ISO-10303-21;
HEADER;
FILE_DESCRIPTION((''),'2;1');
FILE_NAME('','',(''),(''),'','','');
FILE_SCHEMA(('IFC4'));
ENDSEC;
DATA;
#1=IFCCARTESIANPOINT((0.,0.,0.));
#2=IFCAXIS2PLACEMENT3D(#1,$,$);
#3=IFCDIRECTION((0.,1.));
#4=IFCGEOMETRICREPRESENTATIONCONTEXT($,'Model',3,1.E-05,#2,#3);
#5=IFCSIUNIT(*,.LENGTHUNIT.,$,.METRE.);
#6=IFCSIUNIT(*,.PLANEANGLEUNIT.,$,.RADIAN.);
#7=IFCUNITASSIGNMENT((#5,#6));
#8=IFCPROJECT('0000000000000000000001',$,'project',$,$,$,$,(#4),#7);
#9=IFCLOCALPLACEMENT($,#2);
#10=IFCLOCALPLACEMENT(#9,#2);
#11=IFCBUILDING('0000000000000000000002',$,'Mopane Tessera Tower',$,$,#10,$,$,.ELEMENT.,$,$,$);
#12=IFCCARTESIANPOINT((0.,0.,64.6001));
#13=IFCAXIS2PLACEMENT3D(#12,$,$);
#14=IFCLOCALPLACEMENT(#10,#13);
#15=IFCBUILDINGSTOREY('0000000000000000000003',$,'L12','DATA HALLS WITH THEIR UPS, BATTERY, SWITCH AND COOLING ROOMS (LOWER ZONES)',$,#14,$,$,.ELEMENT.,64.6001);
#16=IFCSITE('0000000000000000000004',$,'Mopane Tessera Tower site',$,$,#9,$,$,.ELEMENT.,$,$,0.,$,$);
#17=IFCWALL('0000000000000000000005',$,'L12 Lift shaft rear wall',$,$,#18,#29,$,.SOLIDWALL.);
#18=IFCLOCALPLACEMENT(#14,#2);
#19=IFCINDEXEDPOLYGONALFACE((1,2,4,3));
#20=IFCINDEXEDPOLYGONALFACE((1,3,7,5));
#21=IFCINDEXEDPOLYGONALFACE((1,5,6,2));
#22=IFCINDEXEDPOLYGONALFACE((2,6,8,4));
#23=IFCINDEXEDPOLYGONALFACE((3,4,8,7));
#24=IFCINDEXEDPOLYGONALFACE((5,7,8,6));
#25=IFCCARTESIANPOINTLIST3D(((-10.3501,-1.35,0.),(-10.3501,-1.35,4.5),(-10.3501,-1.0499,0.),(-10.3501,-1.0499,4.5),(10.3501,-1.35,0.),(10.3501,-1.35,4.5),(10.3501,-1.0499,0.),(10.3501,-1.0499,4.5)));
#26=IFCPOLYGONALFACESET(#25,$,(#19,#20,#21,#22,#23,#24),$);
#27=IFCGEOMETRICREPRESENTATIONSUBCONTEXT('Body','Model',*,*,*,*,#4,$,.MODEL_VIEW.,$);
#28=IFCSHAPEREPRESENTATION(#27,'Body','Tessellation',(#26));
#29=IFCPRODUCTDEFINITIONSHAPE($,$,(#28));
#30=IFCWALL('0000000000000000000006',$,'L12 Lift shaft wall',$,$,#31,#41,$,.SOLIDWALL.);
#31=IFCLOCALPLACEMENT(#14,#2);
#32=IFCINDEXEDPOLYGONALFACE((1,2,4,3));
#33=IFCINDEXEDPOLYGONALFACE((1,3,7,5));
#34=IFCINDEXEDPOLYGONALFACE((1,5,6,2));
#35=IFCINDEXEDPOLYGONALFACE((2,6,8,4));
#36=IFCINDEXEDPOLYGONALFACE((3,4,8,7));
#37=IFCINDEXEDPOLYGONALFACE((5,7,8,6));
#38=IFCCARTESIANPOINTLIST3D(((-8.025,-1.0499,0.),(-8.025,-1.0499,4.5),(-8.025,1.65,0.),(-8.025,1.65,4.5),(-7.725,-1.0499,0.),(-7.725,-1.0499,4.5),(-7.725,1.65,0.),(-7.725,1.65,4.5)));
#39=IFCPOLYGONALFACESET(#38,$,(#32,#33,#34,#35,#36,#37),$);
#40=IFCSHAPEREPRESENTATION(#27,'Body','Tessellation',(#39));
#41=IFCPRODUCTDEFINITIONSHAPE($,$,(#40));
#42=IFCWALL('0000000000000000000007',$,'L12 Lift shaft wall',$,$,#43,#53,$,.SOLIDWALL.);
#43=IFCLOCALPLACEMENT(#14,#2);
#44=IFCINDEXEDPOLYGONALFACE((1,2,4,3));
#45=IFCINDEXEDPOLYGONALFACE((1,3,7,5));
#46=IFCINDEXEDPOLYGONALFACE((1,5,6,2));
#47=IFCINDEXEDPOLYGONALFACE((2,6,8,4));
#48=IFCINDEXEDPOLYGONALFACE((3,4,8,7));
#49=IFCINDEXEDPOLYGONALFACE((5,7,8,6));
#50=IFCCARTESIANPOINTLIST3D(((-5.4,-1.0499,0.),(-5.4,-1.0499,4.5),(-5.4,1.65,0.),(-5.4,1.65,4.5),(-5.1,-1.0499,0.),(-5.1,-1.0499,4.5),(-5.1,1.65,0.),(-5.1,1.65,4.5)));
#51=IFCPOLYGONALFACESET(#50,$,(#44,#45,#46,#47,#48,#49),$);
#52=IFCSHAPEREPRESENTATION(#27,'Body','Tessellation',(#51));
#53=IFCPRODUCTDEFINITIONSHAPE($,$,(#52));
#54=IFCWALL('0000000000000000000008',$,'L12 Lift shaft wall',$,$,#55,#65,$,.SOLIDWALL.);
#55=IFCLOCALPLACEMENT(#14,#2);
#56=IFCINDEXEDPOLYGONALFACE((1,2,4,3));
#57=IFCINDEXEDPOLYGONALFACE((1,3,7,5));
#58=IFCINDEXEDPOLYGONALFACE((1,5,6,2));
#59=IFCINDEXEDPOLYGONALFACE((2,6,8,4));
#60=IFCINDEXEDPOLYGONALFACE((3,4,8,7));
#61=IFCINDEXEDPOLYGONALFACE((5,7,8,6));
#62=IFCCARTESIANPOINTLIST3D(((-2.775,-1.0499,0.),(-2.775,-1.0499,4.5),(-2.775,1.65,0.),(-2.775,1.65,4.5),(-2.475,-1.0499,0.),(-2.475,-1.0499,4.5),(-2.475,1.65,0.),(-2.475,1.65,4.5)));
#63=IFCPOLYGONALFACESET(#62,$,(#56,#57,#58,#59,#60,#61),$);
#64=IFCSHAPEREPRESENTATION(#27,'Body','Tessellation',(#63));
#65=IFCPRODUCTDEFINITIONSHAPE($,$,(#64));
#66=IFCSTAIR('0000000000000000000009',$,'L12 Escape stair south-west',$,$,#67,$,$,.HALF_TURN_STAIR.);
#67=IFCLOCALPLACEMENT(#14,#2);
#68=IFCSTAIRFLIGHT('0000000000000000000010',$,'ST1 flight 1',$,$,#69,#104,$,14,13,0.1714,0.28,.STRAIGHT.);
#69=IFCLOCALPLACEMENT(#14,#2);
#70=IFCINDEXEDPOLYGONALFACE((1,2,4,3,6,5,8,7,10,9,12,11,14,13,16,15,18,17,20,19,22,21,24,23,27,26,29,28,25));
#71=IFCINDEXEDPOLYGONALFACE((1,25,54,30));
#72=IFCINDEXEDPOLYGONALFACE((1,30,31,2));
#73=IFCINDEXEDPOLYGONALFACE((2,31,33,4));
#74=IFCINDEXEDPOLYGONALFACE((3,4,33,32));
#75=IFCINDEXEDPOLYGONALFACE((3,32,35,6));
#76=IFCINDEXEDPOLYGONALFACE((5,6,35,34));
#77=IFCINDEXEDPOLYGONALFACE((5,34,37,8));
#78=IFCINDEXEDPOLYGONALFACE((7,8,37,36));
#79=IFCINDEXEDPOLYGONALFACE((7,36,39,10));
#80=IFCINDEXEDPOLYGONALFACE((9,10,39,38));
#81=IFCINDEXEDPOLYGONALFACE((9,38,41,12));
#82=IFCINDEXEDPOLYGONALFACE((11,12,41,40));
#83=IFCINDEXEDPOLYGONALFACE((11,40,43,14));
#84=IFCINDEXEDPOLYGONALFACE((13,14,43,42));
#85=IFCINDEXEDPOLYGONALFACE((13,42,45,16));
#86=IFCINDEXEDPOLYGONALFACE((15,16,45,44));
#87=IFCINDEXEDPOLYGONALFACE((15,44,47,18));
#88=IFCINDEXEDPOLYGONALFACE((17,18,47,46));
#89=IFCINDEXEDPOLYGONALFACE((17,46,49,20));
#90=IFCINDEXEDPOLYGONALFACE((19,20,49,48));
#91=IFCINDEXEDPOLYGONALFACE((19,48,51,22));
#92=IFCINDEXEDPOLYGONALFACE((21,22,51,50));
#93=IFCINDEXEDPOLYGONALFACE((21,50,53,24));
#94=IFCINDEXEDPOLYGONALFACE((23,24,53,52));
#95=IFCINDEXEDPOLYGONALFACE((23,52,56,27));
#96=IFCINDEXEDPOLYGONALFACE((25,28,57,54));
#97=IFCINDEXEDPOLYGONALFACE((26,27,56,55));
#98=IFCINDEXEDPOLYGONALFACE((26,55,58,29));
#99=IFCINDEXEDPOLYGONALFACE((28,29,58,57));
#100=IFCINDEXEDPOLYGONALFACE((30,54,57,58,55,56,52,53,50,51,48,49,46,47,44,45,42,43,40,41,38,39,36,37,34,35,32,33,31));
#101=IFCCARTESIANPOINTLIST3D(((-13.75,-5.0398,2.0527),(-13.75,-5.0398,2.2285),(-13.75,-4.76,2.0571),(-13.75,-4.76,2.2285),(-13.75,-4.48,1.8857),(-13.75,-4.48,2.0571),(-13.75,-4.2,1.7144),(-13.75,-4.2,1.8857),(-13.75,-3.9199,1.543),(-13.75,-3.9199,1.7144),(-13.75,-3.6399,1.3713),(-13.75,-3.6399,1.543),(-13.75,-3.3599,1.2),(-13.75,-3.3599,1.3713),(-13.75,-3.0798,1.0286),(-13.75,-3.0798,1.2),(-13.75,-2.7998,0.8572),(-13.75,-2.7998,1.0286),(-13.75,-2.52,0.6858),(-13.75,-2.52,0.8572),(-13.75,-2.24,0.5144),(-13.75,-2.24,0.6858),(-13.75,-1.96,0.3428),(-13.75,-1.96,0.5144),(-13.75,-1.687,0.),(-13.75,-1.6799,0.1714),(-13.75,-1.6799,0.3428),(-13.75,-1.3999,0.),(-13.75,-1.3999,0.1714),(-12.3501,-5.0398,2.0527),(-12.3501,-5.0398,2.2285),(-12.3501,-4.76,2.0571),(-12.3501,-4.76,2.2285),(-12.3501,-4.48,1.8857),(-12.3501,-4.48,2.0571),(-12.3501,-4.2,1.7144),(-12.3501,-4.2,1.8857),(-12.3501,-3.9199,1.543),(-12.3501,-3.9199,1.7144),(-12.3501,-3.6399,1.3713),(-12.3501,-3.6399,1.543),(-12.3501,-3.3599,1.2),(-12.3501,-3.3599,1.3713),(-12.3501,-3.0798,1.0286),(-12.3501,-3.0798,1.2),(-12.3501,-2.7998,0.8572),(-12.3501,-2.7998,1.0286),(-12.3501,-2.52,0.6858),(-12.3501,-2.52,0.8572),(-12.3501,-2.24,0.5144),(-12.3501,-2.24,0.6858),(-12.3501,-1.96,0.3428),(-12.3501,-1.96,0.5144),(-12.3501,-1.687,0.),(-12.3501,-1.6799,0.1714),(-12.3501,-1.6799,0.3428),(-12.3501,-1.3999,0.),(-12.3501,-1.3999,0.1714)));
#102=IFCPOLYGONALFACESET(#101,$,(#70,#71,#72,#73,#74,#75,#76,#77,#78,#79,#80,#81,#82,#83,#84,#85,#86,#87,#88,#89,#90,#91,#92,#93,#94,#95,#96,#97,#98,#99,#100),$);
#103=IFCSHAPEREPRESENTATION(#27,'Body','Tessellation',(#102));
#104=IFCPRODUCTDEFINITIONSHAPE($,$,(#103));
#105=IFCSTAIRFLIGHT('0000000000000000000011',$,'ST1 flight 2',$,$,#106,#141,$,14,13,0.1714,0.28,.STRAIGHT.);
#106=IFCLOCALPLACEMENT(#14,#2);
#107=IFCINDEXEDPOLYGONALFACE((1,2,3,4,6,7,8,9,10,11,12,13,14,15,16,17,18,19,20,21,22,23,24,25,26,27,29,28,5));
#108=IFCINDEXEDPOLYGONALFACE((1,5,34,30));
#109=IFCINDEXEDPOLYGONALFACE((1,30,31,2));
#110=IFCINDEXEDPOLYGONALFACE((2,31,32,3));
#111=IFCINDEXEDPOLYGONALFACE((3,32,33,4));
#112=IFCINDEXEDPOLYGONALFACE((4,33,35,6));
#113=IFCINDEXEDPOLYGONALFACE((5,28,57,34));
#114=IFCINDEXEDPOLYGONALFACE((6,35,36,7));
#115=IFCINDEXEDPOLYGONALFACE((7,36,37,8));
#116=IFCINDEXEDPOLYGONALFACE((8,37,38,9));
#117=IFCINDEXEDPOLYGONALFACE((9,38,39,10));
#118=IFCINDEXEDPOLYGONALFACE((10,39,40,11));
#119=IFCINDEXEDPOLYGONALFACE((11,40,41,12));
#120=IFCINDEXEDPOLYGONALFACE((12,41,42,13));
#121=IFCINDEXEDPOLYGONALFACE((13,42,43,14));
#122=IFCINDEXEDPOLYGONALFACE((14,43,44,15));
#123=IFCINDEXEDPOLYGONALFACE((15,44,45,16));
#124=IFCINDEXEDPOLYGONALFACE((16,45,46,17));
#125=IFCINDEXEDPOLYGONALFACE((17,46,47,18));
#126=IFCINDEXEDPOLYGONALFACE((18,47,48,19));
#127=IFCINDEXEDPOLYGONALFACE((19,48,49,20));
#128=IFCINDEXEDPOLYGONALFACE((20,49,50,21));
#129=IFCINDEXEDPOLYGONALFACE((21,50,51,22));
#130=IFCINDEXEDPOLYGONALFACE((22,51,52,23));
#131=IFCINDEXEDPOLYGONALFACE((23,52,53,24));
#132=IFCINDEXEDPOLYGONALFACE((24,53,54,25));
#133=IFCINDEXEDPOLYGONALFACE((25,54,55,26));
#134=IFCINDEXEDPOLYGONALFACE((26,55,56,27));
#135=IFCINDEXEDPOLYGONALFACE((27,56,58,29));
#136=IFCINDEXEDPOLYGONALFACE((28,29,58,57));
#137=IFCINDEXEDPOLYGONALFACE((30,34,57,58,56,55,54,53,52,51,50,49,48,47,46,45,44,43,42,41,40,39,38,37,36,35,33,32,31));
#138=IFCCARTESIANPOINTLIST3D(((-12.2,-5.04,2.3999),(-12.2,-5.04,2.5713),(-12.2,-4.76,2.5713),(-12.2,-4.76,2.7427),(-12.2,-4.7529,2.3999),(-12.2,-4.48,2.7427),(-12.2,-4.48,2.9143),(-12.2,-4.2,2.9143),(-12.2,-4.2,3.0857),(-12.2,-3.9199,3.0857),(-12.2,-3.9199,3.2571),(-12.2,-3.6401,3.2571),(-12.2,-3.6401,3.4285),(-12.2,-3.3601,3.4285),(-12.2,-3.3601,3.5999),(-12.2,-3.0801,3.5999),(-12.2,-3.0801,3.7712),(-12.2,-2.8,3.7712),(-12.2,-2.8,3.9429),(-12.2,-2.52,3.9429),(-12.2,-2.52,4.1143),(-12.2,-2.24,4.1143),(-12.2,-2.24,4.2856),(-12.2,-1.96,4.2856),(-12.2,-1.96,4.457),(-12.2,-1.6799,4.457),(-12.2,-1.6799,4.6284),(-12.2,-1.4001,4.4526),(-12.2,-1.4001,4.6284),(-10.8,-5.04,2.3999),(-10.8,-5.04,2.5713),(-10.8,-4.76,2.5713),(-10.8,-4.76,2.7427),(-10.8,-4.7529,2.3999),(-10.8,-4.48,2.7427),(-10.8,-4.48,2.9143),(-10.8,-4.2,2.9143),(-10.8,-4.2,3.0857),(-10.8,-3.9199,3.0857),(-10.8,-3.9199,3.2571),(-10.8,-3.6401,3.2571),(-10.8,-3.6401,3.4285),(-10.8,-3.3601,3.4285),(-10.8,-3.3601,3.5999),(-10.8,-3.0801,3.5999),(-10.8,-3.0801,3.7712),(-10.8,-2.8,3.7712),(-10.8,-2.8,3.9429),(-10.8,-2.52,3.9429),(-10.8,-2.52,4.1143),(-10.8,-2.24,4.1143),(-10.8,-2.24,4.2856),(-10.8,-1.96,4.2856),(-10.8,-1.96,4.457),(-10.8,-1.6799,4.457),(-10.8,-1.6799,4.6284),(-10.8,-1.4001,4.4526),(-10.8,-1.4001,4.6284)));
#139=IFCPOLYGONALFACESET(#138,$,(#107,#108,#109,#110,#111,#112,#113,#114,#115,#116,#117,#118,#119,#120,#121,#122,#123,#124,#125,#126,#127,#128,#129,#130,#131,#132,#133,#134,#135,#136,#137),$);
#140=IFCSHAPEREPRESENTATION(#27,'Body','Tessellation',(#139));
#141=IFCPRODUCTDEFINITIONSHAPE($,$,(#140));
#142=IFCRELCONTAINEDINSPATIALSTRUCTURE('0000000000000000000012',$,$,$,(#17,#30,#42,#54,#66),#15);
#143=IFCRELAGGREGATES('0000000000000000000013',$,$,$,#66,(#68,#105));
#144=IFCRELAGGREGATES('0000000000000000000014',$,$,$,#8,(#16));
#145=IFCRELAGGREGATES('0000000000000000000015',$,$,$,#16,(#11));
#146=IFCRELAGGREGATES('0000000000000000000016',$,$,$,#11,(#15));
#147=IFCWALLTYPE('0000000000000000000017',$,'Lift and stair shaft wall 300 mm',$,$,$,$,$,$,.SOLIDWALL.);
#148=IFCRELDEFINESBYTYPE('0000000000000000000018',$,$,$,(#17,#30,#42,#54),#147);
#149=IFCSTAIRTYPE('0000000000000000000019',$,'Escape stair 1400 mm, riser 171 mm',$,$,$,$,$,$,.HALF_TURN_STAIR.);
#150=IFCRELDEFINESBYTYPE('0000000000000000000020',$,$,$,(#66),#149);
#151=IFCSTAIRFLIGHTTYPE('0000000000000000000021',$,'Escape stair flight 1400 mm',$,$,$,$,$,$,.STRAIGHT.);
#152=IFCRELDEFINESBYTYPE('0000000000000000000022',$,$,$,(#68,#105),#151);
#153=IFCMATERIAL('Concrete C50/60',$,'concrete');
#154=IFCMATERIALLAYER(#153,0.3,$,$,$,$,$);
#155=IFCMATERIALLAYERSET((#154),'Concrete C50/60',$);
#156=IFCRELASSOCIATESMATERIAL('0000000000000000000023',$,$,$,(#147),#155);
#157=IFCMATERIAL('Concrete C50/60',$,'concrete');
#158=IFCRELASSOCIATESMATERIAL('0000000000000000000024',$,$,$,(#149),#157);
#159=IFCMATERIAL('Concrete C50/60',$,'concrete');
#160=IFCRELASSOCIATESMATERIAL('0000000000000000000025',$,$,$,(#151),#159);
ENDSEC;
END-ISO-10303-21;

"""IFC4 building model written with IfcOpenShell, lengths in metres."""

from ifc_helpers import new_model, si_unit, direction, frame, frame_2d, origin, place, context, subcontext, project, spatial, polyline, rectangle, outline, extrude, material, layer, layer_set, type_object, element, aggregate, save


model = new_model("IFC4")

# Units and contexts
model_context = context("Model", 3, precision=1e-05, world=origin(), true_north=direction((0.0, 1.0)))
body_context = subcontext(model_context, "Body", "Model", "MODEL_VIEW")
ifc_project = project(units=[si_unit("LENGTHUNIT", "METRE"), si_unit("PLANEANGLEUNIT", "RADIAN")], contexts=[model_context])

# Site, building, storey
site_placement = place(None, origin())
site = spatial("IfcSite", under=ifc_project, at=site_placement, Name="Mopane Tessera Tower site", CompositionType="ELEMENT", RefElevation=0.0)
building_placement = place(site_placement, origin())
building = spatial("IfcBuilding", under=site, at=building_placement, Name="Mopane Tessera Tower", CompositionType="ELEMENT")
storey_placement = place(building_placement, frame((0.0, 0.0, 64.6001)))
storey = spatial("IfcBuildingStorey", under=building, at=storey_placement, Name="L12", Description="DATA HALLS WITH THEIR UPS, BATTERY, SWITCH AND COOLING ROOMS (LOWER ZONES)", CompositionType="ELEMENT", Elevation=64.6001)

# Walls
ifc_material_1 = material(Name="Concrete C50/60", Category="concrete")
ifc_layer_1 = layer(ifc_material_1, 0.3)
ifc_layer_set_1 = layer_set([ifc_layer_1], Name="Concrete C50/60")
wall_type_1 = type_object("IfcWallType", Name="Lift and stair shaft wall 300 mm", PredefinedType="SOLIDWALL", material=ifc_layer_set_1)
wall_1_placement = place(storey_placement, frame((-10.3501, -1.2, 0.0), z_axis=(0.0, 0.0, 1.0), x_axis=(1.0, 0.0, 0.0)))
element("IfcWall", 1, at=wall_1_placement, inside=storey, type_object=wall_type_1, Name="L12 Lift shaft rear wall", PredefinedType="SOLIDWALL", context=body_context, shape_type="SweptSolid", body=[
    extrude(rectangle(XDim=20.7002, YDim=0.3, at=frame_2d((10.3501, 0.0))), origin(), (0.0, 0.0, 1.0), 4.5),
])
for number, where, z_axis, x_axis, name in (
    (2, (-7.875, -1.05, 0.0), (0.0, 0.0, 1.0), (0.0, 1.0, 0.0), "L12 Lift shaft wall"),
    (3, (-5.25, -1.05, 0.0), (0.0, 0.0, 1.0), (0.0, 1.0, 0.0), "L12 Lift shaft wall"),
    (4, (-2.625, -1.05, 0.0), (0.0, 0.0, 1.0), (0.0, 1.0, 0.0), "L12 Lift shaft wall"),
):
    element("IfcWall", number, at=place(storey_placement, frame(where, z_axis=z_axis, x_axis=x_axis)), inside=storey, type_object=wall_type_1, Name=name, PredefinedType="SOLIDWALL", context=body_context, shape_type="SweptSolid", body=[
        extrude(rectangle(XDim=2.7, YDim=0.3, at=frame_2d((1.3501, 0.0))), origin(), (0.0, 0.0, 1.0), 4.5),
    ])

# Stair, stair flights
ifc_material_2 = material(Name="Concrete C50/60", Category="concrete")
stair_type = type_object("IfcStairType", Name="Escape stair 1400 mm, riser 171 mm", PredefinedType="HALF_TURN_STAIR", material=ifc_material_2)
stair_placement = place(storey_placement, origin())
stair = element("IfcStair", 5, at=stair_placement, inside=storey, type_object=stair_type, Name="L12 Escape stair south-west", PredefinedType="HALF_TURN_STAIR")
ifc_material_3 = material(Name="Concrete C50/60", Category="concrete")
stair_flight_type = type_object("IfcStairFlightType", Name="Escape stair flight 1400 mm", PredefinedType="STRAIGHT", material=ifc_material_3)
stair_flight_1_placement = place(storey_placement, frame((-13.05, -1.3999, 0.0), z_axis=(0.0, 0.0, 1.0), x_axis=(0.0, -1.0, 0.0)))
stair_flight_1 = element("IfcStairFlight", 6, at=stair_flight_1_placement, type_object=stair_flight_type, Name="ST1 flight 1", NumberOfRisers=14, NumberOfTreads=13, PredefinedType="STRAIGHT", RiserHeight=0.1714, TreadLength=0.28, context=body_context, shape_type="SweptSolid", body=[
    extrude(outline(polyline([(0.0, 0.0), (0.0, 0.1714), (0.28, 0.1714), (0.28, 0.3428), (0.5601, 0.3428), (0.5601, 0.5144), (0.8401, 0.5144), (0.8401, 0.6858), (1.1201, 0.6858), (1.1201, 0.8572), (1.3999, 0.8572), (1.3999, 1.0286), (1.6799, 1.0286), (1.6799, 1.2), (1.96, 1.2), (1.96, 1.3713), (2.24, 1.3713), (2.24, 1.543), (2.52, 1.543), (2.52, 1.7144), (2.8, 1.7144), (2.8, 1.8857), (3.0801, 1.8857), (3.0801, 2.0571), (3.3601, 2.0571), (3.3601, 2.2285), (3.6399, 2.2285), (3.6399, 2.3999), (3.6399, 2.0527), (0.2871, 0.0), (0.0, 0.0)])), frame((0.0, 0.7, 0.0), z_axis=(0.0, -1.0, 0.0), x_axis=(1.0, 0.0, 0.0)), (0.0, 0.0, 1.0), 1.3999),
])
stair_flight_2_placement = place(storey_placement, frame((-11.5, -5.04, 2.3999), z_axis=(0.0, 0.0, 1.0), x_axis=(0.0, 1.0, 0.0)))
stair_flight_2 = element("IfcStairFlight", 7, at=stair_flight_2_placement, type_object=stair_flight_type, Name="ST1 flight 2", NumberOfRisers=14, NumberOfTreads=13, PredefinedType="STRAIGHT", RiserHeight=0.1714, TreadLength=0.28, context=body_context, shape_type="SweptSolid", body=[
    extrude(outline(polyline([(0.0, 0.0), (0.0, 0.1714), (0.28, 0.1714), (0.28, 0.3428), (0.5601, 0.3428), (0.5601, 0.5144), (0.8401, 0.5144), (0.8401, 0.6858), (1.1201, 0.6858), (1.1201, 0.8572), (1.3999, 0.8572), (1.3999, 1.0286), (1.6799, 1.0286), (1.6799, 1.2), (1.96, 1.2), (1.96, 1.3713), (2.24, 1.3713), (2.24, 1.543), (2.52, 1.543), (2.52, 1.7144), (2.8, 1.7144), (2.8, 1.8857), (3.0801, 1.8857), (3.0801, 2.0571), (3.3601, 2.0571), (3.3601, 2.2285), (3.6399, 2.2285), (3.6399, 2.3999), (3.6399, 2.0527), (0.2871, 0.0), (0.0, 0.0)])), frame((0.0, 0.7, 0.0), z_axis=(0.0, -1.0, 0.0), x_axis=(1.0, 0.0, 0.0)), (0.0, 0.0, 1.0), 1.3999),
])
aggregate(stair, [stair_flight_1, stair_flight_2])

save(model, "model.ifc")
